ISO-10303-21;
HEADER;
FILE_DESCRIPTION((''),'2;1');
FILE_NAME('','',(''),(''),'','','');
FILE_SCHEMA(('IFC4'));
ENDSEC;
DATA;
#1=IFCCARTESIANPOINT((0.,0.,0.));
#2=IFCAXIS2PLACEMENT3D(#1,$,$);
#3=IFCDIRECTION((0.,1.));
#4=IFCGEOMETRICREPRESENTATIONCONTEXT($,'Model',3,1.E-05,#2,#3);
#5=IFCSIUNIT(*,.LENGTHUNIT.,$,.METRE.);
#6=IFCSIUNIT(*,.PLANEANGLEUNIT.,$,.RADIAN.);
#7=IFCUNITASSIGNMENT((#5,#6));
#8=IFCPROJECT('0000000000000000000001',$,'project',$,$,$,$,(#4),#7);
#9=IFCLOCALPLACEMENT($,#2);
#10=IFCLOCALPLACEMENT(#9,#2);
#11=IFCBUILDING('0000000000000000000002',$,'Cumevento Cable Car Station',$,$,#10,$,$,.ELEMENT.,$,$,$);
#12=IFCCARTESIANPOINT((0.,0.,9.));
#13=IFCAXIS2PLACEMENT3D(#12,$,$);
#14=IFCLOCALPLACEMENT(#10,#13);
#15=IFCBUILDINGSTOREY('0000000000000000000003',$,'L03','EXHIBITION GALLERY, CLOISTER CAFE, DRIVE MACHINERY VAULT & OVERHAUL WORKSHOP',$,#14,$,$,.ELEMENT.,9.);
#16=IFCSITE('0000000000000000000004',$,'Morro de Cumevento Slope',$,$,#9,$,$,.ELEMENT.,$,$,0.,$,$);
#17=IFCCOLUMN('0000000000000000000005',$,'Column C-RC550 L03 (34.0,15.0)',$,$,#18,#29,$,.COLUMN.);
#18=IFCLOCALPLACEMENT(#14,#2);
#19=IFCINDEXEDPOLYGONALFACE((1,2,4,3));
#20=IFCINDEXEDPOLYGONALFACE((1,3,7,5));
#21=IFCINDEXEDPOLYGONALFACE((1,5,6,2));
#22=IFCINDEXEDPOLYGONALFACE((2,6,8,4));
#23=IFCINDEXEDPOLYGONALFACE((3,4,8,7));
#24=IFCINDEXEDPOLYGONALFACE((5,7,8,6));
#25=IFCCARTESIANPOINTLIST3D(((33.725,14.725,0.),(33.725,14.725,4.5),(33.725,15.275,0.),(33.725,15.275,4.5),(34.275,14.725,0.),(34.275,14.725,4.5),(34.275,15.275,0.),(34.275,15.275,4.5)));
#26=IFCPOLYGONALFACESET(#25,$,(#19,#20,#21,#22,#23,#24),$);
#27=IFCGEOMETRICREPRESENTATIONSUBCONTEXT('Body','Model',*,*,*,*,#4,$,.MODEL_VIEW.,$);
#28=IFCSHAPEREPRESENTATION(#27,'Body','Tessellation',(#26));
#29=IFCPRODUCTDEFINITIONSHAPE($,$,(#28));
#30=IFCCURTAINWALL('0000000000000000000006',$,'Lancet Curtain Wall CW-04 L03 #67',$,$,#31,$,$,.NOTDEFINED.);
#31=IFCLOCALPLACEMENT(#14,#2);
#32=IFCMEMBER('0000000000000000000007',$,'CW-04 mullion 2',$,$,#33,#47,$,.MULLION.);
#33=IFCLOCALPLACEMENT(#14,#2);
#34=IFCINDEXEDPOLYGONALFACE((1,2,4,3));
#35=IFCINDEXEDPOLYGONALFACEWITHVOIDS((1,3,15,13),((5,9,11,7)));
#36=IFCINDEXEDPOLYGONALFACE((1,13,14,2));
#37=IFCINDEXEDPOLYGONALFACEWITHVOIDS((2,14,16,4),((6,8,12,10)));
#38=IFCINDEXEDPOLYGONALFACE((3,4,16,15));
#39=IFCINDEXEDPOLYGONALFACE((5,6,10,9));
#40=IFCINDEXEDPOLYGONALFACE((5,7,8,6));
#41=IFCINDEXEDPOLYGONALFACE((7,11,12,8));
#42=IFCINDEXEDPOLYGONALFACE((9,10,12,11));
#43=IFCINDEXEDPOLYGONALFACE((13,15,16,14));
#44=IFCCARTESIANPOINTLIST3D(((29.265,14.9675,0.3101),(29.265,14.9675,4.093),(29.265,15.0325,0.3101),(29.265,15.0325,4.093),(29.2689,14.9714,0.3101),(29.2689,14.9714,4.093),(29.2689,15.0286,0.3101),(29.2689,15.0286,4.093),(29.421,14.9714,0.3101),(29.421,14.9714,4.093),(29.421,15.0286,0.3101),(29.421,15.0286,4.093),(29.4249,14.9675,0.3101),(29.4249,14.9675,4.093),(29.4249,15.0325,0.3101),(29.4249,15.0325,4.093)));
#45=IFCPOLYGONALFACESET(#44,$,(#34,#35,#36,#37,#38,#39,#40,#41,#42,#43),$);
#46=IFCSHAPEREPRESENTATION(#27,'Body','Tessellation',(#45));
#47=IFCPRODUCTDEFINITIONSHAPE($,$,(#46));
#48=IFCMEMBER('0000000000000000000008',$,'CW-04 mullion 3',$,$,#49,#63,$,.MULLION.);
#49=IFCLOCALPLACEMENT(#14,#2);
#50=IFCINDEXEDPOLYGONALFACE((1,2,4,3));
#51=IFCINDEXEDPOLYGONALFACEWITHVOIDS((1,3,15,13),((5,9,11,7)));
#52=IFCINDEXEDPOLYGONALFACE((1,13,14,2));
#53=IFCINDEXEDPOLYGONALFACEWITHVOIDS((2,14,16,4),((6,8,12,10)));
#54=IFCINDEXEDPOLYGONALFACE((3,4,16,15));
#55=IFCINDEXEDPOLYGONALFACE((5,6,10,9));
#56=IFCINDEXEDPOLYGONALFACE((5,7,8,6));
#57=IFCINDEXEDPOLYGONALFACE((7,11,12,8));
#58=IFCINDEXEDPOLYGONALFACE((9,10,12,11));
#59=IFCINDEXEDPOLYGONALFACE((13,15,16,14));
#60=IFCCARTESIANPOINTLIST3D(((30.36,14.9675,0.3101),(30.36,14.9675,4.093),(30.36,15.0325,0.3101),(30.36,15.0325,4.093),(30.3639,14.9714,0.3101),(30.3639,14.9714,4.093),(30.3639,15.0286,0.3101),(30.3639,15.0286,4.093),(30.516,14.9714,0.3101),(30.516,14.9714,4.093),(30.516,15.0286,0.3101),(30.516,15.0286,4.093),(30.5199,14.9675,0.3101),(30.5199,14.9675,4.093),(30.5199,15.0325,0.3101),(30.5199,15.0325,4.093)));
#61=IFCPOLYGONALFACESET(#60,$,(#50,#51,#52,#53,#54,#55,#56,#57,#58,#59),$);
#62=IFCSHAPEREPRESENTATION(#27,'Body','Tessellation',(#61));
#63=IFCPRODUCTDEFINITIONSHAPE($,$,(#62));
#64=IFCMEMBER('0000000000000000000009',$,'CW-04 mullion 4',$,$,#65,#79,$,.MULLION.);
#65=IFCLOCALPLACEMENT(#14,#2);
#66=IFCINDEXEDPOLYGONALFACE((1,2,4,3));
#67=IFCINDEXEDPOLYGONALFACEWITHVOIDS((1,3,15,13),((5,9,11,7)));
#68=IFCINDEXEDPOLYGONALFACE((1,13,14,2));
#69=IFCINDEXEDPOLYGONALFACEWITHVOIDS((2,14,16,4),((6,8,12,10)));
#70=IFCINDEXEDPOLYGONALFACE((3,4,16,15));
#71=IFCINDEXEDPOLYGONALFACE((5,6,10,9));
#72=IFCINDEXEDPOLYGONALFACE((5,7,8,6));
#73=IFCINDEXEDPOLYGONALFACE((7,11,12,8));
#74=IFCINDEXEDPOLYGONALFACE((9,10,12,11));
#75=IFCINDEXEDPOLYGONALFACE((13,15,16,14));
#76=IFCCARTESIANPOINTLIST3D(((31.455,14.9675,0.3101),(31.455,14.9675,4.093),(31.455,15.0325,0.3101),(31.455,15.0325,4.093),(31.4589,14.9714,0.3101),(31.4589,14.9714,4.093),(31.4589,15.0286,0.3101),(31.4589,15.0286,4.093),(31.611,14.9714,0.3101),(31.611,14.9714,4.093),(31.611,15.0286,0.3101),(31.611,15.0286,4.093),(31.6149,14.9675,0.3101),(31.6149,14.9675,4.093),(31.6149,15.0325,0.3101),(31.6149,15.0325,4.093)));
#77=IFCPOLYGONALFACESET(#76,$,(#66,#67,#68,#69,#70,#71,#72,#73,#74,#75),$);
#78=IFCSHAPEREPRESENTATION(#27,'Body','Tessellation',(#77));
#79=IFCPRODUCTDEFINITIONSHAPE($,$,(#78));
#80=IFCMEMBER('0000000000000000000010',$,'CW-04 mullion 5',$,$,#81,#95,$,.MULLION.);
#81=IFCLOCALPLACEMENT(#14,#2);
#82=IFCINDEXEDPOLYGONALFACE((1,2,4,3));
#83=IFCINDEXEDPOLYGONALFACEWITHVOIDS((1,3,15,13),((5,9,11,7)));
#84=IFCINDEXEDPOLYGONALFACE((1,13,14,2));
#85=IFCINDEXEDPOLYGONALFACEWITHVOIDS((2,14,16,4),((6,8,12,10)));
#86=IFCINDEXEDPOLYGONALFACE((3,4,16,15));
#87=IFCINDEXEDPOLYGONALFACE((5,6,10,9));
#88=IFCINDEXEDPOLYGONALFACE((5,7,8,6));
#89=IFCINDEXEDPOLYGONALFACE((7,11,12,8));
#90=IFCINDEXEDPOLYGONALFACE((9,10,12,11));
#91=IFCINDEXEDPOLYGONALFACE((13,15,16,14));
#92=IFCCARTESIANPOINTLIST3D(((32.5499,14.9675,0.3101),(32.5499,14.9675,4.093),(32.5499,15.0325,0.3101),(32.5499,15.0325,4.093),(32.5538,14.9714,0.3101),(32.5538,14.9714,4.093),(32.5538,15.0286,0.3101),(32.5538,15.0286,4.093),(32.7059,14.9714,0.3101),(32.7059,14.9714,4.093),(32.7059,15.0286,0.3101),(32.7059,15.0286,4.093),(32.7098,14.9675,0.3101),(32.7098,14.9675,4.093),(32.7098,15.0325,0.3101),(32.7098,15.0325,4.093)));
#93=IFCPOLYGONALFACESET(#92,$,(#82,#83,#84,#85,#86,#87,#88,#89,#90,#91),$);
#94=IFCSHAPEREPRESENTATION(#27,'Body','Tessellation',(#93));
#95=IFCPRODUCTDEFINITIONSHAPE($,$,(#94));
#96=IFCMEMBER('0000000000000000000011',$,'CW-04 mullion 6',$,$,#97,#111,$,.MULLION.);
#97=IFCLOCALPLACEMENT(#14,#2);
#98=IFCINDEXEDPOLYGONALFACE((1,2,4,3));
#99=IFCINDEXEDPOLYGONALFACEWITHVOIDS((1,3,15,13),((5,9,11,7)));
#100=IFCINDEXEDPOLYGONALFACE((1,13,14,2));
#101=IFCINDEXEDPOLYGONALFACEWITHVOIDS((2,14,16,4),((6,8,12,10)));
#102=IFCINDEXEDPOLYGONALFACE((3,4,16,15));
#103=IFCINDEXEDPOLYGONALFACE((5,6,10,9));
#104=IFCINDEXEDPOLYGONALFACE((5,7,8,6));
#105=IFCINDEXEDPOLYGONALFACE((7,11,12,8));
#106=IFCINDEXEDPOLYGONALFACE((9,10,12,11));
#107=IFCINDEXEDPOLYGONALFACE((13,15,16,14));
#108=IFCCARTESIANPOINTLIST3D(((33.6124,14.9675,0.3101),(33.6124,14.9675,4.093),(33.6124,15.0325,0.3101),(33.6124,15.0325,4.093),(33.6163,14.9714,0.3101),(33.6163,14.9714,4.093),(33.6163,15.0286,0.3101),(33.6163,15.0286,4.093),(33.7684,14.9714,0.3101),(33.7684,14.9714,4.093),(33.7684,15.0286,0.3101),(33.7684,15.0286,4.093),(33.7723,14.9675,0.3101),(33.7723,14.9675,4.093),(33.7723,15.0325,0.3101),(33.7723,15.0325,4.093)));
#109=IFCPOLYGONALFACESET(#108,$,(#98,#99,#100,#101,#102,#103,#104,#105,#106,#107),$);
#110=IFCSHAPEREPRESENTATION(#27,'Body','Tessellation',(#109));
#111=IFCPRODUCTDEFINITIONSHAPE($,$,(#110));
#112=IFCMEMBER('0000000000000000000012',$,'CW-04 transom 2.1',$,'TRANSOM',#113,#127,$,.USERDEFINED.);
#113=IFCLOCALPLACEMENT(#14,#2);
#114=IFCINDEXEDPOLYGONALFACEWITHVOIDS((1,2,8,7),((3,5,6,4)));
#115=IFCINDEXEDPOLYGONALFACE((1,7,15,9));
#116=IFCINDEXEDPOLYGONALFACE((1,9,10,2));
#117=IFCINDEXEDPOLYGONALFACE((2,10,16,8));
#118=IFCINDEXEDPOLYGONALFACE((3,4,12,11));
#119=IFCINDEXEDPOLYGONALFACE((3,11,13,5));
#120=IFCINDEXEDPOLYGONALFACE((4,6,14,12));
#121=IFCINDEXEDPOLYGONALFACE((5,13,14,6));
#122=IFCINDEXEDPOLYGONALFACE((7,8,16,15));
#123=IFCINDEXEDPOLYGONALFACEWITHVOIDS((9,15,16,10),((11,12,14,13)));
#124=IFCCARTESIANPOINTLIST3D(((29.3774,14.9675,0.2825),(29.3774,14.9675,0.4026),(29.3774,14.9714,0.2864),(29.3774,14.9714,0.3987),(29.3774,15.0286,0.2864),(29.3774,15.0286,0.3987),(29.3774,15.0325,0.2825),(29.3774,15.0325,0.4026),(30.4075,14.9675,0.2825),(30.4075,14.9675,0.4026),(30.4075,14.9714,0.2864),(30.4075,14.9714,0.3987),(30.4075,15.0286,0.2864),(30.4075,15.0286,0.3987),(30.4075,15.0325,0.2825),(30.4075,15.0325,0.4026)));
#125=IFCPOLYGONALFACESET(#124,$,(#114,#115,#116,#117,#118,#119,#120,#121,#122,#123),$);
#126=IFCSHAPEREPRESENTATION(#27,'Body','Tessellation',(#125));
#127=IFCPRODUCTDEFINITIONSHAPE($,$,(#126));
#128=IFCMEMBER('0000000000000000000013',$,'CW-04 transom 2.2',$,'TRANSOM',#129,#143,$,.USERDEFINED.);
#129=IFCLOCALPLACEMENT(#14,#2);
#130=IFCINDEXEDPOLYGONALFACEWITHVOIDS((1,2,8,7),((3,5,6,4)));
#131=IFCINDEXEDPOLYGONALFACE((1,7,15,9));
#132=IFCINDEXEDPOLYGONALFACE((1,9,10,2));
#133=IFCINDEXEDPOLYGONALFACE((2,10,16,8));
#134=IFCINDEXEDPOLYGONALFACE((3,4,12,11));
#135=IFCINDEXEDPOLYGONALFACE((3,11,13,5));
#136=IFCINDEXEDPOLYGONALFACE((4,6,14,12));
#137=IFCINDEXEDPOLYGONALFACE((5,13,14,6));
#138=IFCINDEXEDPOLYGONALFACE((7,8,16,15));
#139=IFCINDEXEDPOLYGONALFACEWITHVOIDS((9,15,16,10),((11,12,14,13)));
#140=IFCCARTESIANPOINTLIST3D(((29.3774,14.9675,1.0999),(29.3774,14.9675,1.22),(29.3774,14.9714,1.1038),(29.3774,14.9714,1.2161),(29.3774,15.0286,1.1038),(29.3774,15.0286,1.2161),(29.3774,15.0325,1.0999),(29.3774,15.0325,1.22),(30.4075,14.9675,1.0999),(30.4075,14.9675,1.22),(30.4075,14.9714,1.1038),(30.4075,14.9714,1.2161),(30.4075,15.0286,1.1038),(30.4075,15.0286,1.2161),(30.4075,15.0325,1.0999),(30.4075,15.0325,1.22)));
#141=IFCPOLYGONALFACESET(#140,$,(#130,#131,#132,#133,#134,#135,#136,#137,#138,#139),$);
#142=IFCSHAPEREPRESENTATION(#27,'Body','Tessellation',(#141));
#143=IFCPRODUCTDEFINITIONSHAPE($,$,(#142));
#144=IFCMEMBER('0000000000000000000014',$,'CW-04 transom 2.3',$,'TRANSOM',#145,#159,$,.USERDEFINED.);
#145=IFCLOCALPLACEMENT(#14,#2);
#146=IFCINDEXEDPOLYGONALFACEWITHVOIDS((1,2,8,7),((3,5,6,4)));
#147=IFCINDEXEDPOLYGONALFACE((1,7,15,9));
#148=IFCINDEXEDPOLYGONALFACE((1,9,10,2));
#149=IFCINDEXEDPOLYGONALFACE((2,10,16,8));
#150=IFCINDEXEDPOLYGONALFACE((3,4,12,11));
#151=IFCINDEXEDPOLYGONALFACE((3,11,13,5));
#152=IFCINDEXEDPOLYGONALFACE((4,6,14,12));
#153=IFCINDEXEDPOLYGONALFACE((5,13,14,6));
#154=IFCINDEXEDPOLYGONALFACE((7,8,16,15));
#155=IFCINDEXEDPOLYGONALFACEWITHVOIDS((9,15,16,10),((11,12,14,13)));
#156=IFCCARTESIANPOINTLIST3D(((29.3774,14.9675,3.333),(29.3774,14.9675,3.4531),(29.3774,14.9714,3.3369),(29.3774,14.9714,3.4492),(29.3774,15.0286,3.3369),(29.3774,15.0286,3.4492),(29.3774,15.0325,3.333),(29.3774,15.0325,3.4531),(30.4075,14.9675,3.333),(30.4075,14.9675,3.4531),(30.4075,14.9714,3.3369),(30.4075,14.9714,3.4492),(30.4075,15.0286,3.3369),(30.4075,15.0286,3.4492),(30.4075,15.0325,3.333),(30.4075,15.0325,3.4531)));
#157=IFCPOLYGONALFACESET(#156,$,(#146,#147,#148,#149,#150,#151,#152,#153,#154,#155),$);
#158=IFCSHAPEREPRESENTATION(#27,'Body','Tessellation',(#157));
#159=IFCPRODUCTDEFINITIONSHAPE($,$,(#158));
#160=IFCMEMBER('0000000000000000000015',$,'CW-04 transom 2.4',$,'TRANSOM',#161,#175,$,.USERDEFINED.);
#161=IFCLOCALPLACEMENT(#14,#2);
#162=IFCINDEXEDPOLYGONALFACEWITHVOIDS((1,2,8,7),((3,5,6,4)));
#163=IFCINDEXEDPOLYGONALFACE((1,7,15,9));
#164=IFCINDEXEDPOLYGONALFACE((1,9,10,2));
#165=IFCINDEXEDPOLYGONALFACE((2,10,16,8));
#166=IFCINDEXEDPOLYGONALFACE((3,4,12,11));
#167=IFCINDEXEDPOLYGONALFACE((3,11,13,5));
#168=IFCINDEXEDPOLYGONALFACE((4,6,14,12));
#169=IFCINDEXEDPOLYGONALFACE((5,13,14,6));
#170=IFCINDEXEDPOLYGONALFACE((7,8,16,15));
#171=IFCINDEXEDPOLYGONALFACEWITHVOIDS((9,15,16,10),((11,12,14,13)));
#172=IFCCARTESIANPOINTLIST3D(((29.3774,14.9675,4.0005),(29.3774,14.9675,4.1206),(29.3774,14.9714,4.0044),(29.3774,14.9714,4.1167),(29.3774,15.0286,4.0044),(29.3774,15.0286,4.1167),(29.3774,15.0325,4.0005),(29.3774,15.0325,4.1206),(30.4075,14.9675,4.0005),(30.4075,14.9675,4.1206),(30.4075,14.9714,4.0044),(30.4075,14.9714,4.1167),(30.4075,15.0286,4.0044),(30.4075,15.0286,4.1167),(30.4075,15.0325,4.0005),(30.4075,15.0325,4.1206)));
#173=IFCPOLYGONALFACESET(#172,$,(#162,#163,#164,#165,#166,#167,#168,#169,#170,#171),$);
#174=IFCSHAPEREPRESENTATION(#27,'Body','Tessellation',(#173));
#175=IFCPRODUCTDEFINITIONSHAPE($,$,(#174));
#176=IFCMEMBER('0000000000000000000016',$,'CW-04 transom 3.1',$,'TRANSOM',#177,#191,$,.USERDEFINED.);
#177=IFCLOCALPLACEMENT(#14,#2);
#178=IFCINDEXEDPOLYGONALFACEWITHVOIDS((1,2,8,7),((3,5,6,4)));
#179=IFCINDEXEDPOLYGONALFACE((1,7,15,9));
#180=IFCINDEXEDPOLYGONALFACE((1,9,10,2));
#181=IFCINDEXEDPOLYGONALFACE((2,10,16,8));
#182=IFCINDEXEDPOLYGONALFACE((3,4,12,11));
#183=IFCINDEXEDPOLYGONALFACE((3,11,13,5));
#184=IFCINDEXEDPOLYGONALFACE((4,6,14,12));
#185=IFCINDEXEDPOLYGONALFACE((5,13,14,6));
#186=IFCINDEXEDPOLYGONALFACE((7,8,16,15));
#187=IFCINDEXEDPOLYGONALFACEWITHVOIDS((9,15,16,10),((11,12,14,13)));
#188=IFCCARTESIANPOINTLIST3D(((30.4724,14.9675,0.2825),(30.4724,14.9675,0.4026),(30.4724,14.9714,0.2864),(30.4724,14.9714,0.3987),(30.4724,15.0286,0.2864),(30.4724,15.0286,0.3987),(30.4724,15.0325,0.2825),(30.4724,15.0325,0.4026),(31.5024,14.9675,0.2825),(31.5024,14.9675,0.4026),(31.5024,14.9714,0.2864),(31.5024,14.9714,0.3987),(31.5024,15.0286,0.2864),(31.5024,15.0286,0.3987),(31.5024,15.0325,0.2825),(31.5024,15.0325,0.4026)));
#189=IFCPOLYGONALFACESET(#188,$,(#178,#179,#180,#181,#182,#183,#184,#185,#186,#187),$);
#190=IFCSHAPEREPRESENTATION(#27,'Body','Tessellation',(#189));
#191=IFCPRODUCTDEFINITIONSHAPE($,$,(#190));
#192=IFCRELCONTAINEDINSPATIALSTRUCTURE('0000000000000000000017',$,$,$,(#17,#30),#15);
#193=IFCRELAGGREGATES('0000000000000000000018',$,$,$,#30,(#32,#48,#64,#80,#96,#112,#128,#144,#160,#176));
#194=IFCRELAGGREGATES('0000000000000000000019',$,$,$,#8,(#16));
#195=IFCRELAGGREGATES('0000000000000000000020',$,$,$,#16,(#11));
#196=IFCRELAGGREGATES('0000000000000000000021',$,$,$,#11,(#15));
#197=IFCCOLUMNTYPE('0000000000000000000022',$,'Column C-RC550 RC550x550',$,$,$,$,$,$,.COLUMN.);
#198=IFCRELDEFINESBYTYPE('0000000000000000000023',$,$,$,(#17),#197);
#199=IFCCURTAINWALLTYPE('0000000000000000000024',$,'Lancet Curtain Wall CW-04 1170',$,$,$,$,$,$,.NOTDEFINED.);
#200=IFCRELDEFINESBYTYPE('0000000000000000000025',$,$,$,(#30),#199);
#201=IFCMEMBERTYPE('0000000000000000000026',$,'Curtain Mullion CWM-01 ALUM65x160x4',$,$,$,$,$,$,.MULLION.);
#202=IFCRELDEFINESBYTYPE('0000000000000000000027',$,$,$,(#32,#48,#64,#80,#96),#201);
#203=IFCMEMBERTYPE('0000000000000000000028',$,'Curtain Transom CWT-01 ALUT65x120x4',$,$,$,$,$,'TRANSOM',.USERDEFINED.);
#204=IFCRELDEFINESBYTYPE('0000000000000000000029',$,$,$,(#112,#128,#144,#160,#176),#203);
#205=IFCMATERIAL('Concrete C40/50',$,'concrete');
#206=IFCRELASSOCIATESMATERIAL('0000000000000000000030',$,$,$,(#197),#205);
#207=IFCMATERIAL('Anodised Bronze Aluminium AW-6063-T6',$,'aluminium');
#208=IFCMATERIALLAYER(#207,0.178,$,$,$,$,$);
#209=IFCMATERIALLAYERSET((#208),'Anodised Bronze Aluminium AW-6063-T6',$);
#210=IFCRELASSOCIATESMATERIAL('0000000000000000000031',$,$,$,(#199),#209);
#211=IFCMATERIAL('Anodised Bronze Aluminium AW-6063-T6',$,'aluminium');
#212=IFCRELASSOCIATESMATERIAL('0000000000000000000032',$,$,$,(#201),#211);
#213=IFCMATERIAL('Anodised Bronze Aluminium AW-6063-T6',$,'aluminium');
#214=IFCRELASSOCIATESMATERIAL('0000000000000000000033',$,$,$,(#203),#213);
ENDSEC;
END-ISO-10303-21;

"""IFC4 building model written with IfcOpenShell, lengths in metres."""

from ifc_helpers import new_model, si_unit, direction, frame, origin, origin_2d, place, context, subcontext, project, spatial, rectangle, hollow_rectangle, extrude, material, layer, layer_set, material_profile, profile_set, type_object, element, aggregate, save


model = new_model("IFC4")

# Units and contexts
model_context = context("Model", 3, precision=1e-05, world=origin(), true_north=direction((0.0, 1.0)))
body_context = subcontext(model_context, "Body", "Model", "MODEL_VIEW")
ifc_project = project(units=[si_unit("LENGTHUNIT", "METRE"), si_unit("PLANEANGLEUNIT", "RADIAN")], contexts=[model_context])

# Site, building, storey
site_placement = place(None, origin())
site = spatial("IfcSite", under=ifc_project, at=site_placement, Name="Morro de Cumevento Slope", CompositionType="ELEMENT", RefElevation=0.0)
building_placement = place(site_placement, origin())
building = spatial("IfcBuilding", under=site, at=building_placement, Name="Cumevento Cable Car Station", CompositionType="ELEMENT")
storey_placement = place(building_placement, frame((0.0, 0.0, 9.0)))
storey = spatial("IfcBuildingStorey", under=building, at=storey_placement, Name="L03", Description="EXHIBITION GALLERY, CLOISTER CAFE, DRIVE MACHINERY VAULT & OVERHAUL WORKSHOP", CompositionType="ELEMENT", Elevation=9.0)

# Column
ifc_material_1 = material(Name="Concrete C40/50", Category="concrete")
ifc_material_profile_1 = material_profile(ifc_material_1, rectangle(XDim=0.55, YDim=0.55, at=origin_2d()), Name="RC550x550")
ifc_profile_set_1 = profile_set([ifc_material_profile_1], Name="Concrete C40/50")
column_type = type_object("IfcColumnType", Name="Column C-RC550 RC550x550", PredefinedType="COLUMN", material=ifc_profile_set_1)
column_placement = place(storey_placement, frame((34.0, 15.0, 0.0), z_axis=(0.0, 0.0, 1.0), x_axis=(1.0, 0.0, 0.0)))
element("IfcColumn", 1, at=column_placement, inside=storey, type_object=column_type, Name="Column C-RC550 L03 (34.0,15.0)", PredefinedType="COLUMN", context=body_context, shape_type="SweptSolid", body=[
    extrude(rectangle(XDim=0.55, YDim=0.55, at=origin_2d()), origin(), (0.0, 0.0, 1.0), 4.5),
])

# Curtain wall, members
ifc_material_2 = material(Name="Anodised Bronze Aluminium AW-6063-T6", Category="aluminium")
ifc_layer_1 = layer(ifc_material_2, 0.178)
ifc_layer_set_1 = layer_set([ifc_layer_1], Name="Anodised Bronze Aluminium AW-6063-T6")
curtain_wall_type = type_object("IfcCurtainWallType", Name="Lancet Curtain Wall CW-04 1170", PredefinedType="NOTDEFINED", material=ifc_layer_set_1)
curtain_wall_placement = place(storey_placement, origin())
curtain_wall = element("IfcCurtainWall", 2, at=curtain_wall_placement, inside=storey, type_object=curtain_wall_type, Name="Lancet Curtain Wall CW-04 L03 #67", PredefinedType="NOTDEFINED")
ifc_material_3 = material(Name="Anodised Bronze Aluminium AW-6063-T6", Category="aluminium")
ifc_material_profile_2 = material_profile(ifc_material_3, hollow_rectangle(XDim=0.0649, YDim=0.1599, WallThickness=0.0039, at=origin_2d()), Name="ALUM65x160x4")
ifc_profile_set_2 = profile_set([ifc_material_profile_2], Name="Anodised Bronze Aluminium AW-6063-T6")
member_type_1 = type_object("IfcMemberType", Name="Curtain Mullion CWM-01 ALUM65x160x4", PredefinedType="MULLION", material=ifc_profile_set_2)
member_1_placement = place(storey_placement, frame((29.345, 15.0, 0.3101), z_axis=(0.0, 0.0, 1.0), x_axis=(0.0, 1.0, 0.0)))
member_1 = element("IfcMember", 3, at=member_1_placement, type_object=member_type_1, Name="CW-04 mullion 2", PredefinedType="MULLION", context=body_context, shape_type="SweptSolid", body=[
    extrude(hollow_rectangle(XDim=0.0649, YDim=0.1599, WallThickness=0.0039, at=origin_2d()), origin(), (0.0, 0.0, 1.0), 3.783),
])
member_2_placement = place(storey_placement, frame((30.4399, 15.0, 0.3101), z_axis=(0.0, 0.0, 1.0), x_axis=(0.0, 1.0, 0.0)))
member_2 = element("IfcMember", 4, at=member_2_placement, type_object=member_type_1, Name="CW-04 mullion 3", PredefinedType="MULLION", context=body_context, shape_type="SweptSolid", body=[
    extrude(hollow_rectangle(XDim=0.0649, YDim=0.1599, WallThickness=0.0039, at=origin_2d()), origin(), (0.0, 0.0, 1.0), 3.783),
])
member_3_placement = place(storey_placement, frame((31.5349, 15.0, 0.3101), z_axis=(0.0, 0.0, 1.0), x_axis=(0.0, 1.0, 0.0)))
member_3 = element("IfcMember", 5, at=member_3_placement, type_object=member_type_1, Name="CW-04 mullion 4", PredefinedType="MULLION", context=body_context, shape_type="SweptSolid", body=[
    extrude(hollow_rectangle(XDim=0.0649, YDim=0.1599, WallThickness=0.0039, at=origin_2d()), origin(), (0.0, 0.0, 1.0), 3.783),
])
member_4_placement = place(storey_placement, frame((32.6299, 15.0, 0.3101), z_axis=(0.0, 0.0, 1.0), x_axis=(0.0, 1.0, 0.0)))
member_4 = element("IfcMember", 6, at=member_4_placement, type_object=member_type_1, Name="CW-04 mullion 5", PredefinedType="MULLION", context=body_context, shape_type="SweptSolid", body=[
    extrude(hollow_rectangle(XDim=0.0649, YDim=0.1599, WallThickness=0.0039, at=origin_2d()), origin(), (0.0, 0.0, 1.0), 3.783),
])
member_5_placement = place(storey_placement, frame((33.6924, 15.0, 0.3101), z_axis=(0.0, 0.0, 1.0), x_axis=(0.0, 1.0, 0.0)))
member_5 = element("IfcMember", 7, at=member_5_placement, type_object=member_type_1, Name="CW-04 mullion 6", PredefinedType="MULLION", context=body_context, shape_type="SweptSolid", body=[
    extrude(hollow_rectangle(XDim=0.0649, YDim=0.1599, WallThickness=0.0039, at=origin_2d()), origin(), (0.0, 0.0, 1.0), 3.783),
])
ifc_material_4 = material(Name="Anodised Bronze Aluminium AW-6063-T6", Category="aluminium")
ifc_material_profile_3 = material_profile(ifc_material_4, hollow_rectangle(XDim=0.0649, YDim=0.1201, WallThickness=0.0039, at=origin_2d()), Name="ALUT65x120x4")
ifc_profile_set_3 = profile_set([ifc_material_profile_3], Name="Anodised Bronze Aluminium AW-6063-T6")
member_type_2 = type_object("IfcMemberType", Name="Curtain Transom CWT-01 ALUT65x120x4", ElementType="TRANSOM", PredefinedType="USERDEFINED", material=ifc_profile_set_3)
member_6_placement = place(storey_placement, frame((29.3774, 15.0, 0.3425), z_axis=(1.0, 0.0, 0.0), x_axis=(0.0, 1.0, 0.0)))
member_6 = element("IfcMember", 8, at=member_6_placement, type_object=member_type_2, Name="CW-04 transom 2.1", ObjectType="TRANSOM", PredefinedType="USERDEFINED", context=body_context, shape_type="SweptSolid", body=[
    extrude(hollow_rectangle(XDim=0.0649, YDim=0.1201, WallThickness=0.0039, at=origin_2d()), origin(), (0.0, 0.0, 1.0), 1.03),
])
member_7_placement = place(storey_placement, frame((29.3774, 15.0, 1.1599), z_axis=(1.0, 0.0, 0.0), x_axis=(0.0, 1.0, 0.0)))
member_7 = element("IfcMember", 9, at=member_7_placement, type_object=member_type_2, Name="CW-04 transom 2.2", ObjectType="TRANSOM", PredefinedType="USERDEFINED", context=body_context, shape_type="SweptSolid", body=[
    extrude(hollow_rectangle(XDim=0.0649, YDim=0.1201, WallThickness=0.0039, at=origin_2d()), origin(), (0.0, 0.0, 1.0), 1.03),
])
member_8_placement = place(storey_placement, frame((29.3774, 15.0, 3.3931), z_axis=(1.0, 0.0, 0.0), x_axis=(0.0, 1.0, 0.0)))
member_8 = element("IfcMember", 10, at=member_8_placement, type_object=member_type_2, Name="CW-04 transom 2.3", ObjectType="TRANSOM", PredefinedType="USERDEFINED", context=body_context, shape_type="SweptSolid", body=[
    extrude(hollow_rectangle(XDim=0.0649, YDim=0.1201, WallThickness=0.0039, at=origin_2d()), origin(), (0.0, 0.0, 1.0), 1.03),
])
member_9_placement = place(storey_placement, frame((29.3774, 15.0, 4.0605), z_axis=(1.0, 0.0, 0.0), x_axis=(0.0, 1.0, 0.0)))
member_9 = element("IfcMember", 11, at=member_9_placement, type_object=member_type_2, Name="CW-04 transom 2.4", ObjectType="TRANSOM", PredefinedType="USERDEFINED", context=body_context, shape_type="SweptSolid", body=[
    extrude(hollow_rectangle(XDim=0.0649, YDim=0.1201, WallThickness=0.0039, at=origin_2d()), origin(), (0.0, 0.0, 1.0), 1.03),
])
member_10_placement = place(storey_placement, frame((30.4724, 15.0, 0.3425), z_axis=(1.0, 0.0, 0.0), x_axis=(0.0, 1.0, 0.0)))
member_10 = element("IfcMember", 12, at=member_10_placement, type_object=member_type_2, Name="CW-04 transom 3.1", ObjectType="TRANSOM", PredefinedType="USERDEFINED", context=body_context, shape_type="SweptSolid", body=[
    extrude(hollow_rectangle(XDim=0.0649, YDim=0.1201, WallThickness=0.0039, at=origin_2d()), origin(), (0.0, 0.0, 1.0), 1.03),
])
aggregate(curtain_wall, [member_1, member_2, member_3, member_4, member_5, member_6, member_7, member_8, member_9, member_10])

save(model, "model.ifc")
